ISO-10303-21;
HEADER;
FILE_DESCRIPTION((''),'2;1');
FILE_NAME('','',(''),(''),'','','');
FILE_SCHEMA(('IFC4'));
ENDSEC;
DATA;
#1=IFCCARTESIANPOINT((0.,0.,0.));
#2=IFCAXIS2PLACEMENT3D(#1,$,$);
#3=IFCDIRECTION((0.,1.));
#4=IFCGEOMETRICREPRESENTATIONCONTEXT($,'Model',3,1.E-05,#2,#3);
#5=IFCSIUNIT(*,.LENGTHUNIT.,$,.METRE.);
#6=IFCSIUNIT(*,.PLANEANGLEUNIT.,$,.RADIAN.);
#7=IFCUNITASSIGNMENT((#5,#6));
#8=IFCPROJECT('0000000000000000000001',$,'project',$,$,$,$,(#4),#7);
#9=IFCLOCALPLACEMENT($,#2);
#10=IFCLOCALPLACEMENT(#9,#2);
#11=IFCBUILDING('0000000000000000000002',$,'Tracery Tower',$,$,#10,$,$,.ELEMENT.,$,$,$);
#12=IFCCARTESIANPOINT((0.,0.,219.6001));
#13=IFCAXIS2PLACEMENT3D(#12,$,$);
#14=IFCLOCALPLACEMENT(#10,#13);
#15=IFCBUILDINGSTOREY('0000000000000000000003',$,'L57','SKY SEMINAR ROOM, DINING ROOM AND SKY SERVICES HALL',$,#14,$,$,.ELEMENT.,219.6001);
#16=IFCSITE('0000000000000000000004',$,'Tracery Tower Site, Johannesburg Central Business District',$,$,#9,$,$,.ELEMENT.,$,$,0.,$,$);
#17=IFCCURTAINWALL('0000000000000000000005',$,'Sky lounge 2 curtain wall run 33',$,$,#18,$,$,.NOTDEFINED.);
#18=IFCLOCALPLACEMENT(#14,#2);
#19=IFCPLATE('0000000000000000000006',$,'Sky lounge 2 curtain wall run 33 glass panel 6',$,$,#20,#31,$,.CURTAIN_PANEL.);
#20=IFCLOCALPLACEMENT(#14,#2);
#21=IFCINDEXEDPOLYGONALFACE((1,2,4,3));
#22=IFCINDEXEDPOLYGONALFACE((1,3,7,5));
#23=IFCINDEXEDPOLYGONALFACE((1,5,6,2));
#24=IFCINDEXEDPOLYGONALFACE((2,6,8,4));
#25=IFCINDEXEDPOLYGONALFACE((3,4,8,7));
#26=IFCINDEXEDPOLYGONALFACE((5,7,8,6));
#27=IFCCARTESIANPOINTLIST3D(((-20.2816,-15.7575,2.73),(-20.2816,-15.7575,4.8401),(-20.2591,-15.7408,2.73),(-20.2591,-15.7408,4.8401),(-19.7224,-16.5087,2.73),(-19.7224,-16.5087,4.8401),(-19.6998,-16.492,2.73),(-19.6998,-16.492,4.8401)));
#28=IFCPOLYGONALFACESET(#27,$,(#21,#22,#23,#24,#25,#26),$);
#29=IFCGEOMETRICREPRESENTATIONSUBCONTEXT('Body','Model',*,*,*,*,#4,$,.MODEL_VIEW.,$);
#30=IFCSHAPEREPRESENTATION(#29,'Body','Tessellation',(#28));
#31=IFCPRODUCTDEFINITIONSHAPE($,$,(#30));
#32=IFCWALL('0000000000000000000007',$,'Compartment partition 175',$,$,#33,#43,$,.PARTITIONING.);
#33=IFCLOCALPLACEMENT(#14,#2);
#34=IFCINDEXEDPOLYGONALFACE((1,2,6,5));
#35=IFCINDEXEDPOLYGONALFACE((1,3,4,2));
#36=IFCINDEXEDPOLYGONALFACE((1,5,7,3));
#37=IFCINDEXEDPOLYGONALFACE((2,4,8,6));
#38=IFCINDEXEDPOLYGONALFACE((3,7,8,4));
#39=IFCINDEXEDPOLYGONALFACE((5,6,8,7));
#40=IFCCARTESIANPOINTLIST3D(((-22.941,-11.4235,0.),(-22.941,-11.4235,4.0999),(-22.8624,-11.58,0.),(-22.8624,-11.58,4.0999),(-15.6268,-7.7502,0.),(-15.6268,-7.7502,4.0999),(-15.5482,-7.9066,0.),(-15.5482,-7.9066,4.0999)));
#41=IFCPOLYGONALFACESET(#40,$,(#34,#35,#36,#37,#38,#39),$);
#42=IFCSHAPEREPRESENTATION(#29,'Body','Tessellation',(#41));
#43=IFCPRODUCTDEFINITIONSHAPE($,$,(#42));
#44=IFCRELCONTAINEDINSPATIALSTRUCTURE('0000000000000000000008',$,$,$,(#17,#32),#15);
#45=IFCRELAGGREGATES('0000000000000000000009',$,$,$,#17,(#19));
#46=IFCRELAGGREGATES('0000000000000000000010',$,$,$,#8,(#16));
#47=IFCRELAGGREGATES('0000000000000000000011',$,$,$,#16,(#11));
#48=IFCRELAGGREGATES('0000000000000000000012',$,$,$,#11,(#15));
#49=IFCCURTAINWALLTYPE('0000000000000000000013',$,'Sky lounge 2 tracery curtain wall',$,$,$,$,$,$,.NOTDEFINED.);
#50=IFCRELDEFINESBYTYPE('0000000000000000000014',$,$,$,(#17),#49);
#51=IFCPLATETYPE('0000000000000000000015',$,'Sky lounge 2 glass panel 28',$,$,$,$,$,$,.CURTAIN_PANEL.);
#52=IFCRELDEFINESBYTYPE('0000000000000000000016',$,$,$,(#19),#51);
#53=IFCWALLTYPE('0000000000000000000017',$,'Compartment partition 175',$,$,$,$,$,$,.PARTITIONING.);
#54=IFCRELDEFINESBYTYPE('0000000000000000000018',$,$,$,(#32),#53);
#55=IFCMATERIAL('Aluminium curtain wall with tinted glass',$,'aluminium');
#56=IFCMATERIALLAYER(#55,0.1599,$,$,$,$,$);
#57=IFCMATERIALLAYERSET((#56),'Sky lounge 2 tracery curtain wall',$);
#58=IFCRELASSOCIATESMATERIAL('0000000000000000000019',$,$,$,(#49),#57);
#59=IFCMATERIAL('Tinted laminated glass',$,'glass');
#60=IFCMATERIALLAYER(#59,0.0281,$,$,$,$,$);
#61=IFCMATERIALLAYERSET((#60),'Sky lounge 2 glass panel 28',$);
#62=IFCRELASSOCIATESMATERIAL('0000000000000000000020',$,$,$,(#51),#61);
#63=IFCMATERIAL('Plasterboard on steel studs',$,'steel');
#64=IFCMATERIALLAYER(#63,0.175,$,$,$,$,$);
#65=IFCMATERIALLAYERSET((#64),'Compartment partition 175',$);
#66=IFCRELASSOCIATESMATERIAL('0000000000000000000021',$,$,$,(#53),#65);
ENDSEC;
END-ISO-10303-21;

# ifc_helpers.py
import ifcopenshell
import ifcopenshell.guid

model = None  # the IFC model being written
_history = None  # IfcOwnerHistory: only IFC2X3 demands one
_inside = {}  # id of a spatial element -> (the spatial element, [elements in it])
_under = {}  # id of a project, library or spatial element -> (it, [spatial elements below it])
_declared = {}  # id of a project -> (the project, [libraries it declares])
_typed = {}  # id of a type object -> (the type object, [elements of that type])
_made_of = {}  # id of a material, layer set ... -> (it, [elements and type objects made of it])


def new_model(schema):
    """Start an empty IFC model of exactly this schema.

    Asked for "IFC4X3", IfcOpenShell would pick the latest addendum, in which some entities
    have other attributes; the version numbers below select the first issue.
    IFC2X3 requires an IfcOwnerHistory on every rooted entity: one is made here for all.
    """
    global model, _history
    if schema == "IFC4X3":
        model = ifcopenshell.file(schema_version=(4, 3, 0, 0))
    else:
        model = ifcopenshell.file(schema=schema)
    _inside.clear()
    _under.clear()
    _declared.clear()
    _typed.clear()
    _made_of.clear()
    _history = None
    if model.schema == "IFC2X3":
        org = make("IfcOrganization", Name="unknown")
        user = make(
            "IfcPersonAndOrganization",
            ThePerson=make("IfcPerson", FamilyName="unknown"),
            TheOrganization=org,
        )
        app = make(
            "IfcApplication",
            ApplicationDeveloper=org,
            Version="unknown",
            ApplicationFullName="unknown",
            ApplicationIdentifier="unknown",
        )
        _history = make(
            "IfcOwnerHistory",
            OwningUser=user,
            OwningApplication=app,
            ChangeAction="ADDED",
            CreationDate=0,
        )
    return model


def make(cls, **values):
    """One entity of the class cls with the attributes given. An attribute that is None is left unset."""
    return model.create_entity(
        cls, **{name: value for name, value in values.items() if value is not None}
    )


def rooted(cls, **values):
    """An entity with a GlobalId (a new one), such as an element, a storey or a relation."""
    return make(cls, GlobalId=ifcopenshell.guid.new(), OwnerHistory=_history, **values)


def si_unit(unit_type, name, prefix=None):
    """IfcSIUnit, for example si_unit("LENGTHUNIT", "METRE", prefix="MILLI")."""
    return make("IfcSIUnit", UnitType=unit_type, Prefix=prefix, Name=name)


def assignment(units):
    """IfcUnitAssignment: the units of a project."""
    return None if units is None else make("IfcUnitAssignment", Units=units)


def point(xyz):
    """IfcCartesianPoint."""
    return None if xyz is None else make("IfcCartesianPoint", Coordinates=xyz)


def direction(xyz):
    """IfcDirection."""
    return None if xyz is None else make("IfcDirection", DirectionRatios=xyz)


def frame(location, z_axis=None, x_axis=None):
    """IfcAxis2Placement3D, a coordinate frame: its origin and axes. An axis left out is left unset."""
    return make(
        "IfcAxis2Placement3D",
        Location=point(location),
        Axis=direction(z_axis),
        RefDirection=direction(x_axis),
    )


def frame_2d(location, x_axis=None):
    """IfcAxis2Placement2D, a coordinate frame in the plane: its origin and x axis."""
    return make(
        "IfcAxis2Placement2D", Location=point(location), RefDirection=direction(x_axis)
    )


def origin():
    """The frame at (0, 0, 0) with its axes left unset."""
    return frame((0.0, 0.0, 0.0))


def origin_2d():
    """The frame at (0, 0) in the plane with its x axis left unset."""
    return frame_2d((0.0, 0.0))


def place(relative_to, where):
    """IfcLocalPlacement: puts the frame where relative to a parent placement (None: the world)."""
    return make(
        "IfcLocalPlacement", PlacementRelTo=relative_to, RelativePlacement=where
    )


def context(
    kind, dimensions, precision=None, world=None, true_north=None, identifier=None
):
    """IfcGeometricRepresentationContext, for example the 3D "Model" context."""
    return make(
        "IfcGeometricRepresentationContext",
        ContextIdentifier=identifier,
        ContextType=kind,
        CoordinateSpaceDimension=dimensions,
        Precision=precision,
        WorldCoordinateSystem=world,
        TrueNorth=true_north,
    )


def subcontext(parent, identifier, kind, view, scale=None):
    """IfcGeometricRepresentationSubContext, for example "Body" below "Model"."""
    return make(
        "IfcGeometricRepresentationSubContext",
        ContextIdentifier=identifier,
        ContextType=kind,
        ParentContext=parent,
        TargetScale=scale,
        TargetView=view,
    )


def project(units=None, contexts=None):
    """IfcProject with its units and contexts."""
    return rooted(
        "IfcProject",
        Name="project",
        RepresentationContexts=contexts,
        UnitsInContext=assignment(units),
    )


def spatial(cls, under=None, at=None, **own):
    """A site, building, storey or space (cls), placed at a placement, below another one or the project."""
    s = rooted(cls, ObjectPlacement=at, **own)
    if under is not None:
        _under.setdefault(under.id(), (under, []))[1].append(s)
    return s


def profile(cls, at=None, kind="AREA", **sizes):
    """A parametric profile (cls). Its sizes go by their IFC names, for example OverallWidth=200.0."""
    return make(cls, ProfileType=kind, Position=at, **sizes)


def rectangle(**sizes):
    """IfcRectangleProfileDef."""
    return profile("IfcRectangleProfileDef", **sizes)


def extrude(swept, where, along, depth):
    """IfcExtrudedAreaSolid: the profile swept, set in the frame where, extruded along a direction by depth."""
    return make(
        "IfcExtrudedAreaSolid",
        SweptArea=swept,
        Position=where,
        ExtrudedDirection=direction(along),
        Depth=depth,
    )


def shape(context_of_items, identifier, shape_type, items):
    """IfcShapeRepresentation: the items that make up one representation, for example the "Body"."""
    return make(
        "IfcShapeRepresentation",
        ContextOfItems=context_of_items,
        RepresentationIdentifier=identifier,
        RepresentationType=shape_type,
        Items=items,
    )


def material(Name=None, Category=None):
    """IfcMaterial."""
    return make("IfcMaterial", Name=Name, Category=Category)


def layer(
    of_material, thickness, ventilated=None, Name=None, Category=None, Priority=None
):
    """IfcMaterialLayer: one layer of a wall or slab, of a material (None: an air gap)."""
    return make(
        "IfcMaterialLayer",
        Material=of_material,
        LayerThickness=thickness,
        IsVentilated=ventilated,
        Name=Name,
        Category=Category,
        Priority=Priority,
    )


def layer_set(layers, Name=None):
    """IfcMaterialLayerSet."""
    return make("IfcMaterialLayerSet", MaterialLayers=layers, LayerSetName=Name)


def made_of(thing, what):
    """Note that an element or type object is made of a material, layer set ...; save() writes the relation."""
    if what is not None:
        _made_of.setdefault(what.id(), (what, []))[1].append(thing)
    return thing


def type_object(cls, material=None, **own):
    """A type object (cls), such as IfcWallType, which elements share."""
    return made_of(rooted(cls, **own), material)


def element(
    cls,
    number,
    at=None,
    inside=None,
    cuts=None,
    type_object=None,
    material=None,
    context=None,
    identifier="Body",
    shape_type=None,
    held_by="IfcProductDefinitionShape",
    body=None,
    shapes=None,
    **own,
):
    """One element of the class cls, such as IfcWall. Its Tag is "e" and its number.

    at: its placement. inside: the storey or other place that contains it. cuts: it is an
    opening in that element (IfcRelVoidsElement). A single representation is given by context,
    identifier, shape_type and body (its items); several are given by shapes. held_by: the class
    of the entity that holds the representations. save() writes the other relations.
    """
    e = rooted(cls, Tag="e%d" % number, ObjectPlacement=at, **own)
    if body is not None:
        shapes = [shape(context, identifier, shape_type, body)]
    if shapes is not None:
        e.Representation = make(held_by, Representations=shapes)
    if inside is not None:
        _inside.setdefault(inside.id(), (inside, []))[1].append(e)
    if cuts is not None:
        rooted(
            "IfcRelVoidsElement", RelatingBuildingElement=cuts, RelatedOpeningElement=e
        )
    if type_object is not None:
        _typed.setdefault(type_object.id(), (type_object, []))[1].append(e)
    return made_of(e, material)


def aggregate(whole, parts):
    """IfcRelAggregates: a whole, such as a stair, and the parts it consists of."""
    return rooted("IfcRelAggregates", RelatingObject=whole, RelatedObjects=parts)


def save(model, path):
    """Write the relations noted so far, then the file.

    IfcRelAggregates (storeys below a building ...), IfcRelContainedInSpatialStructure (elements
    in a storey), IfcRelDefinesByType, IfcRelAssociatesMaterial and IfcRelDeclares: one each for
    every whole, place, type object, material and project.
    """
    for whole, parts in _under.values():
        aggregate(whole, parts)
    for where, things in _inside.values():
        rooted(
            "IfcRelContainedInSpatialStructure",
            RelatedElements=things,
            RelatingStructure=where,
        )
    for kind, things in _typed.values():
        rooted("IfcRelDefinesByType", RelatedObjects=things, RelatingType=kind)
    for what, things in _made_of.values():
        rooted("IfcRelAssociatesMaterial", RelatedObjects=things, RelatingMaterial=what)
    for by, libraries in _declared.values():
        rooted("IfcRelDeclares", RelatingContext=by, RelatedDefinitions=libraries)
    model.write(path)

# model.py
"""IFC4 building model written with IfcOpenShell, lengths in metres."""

from ifc_helpers import new_model, si_unit, direction, frame, frame_2d, origin, origin_2d, place, context, subcontext, project, spatial, rectangle, extrude, material, layer, layer_set, type_object, element, aggregate, save


model = new_model("IFC4")

# Units and contexts
model_context = context("Model", 3, precision=1e-05, world=origin(), true_north=direction((0.0, 1.0)))
body_context = subcontext(model_context, "Body", "Model", "MODEL_VIEW")
ifc_project = project(units=[si_unit("LENGTHUNIT", "METRE"), si_unit("PLANEANGLEUNIT", "RADIAN")], contexts=[model_context])

# Site, building, storey
site_placement = place(None, origin())
site = spatial("IfcSite", under=ifc_project, at=site_placement, Name="Tracery Tower Site, Johannesburg Central Business District", CompositionType="ELEMENT", RefElevation=0.0)
building_placement = place(site_placement, origin())
building = spatial("IfcBuilding", under=site, at=building_placement, Name="Tracery Tower", CompositionType="ELEMENT")
storey_placement = place(building_placement, frame((0.0, 0.0, 219.6001)))
storey = spatial("IfcBuildingStorey", under=building, at=storey_placement, Name="L57", Description="SKY SEMINAR ROOM, DINING ROOM AND SKY SERVICES HALL", CompositionType="ELEMENT", Elevation=219.6001)

# Curtain wall
ifc_material_1 = material(Name="Aluminium curtain wall with tinted glass", Category="aluminium")
ifc_layer_1 = layer(ifc_material_1, 0.1599)
ifc_layer_set_1 = layer_set([ifc_layer_1], Name="Sky lounge 2 tracery curtain wall")
curtain_wall_type = type_object("IfcCurtainWallType", Name="Sky lounge 2 tracery curtain wall", PredefinedType="NOTDEFINED", material=ifc_layer_set_1)
curtain_wall_1_placement = place(storey_placement, origin())
curtain_wall_1 = element("IfcCurtainWall", 1, at=curtain_wall_1_placement, inside=storey, type_object=curtain_wall_type, Name="Sky lounge 2 curtain wall run 33", PredefinedType="NOTDEFINED")

# Shared definitions
ifc_material_2 = material(Name="Tinted laminated glass", Category="glass")
ifc_layer_2 = layer(ifc_material_2, 0.0281)
ifc_layer_set_2 = layer_set([ifc_layer_2], Name="Sky lounge 2 glass panel 28")
plate_type = type_object("IfcPlateType", Name="Sky lounge 2 glass panel 28", PredefinedType="CURTAIN_PANEL", material=ifc_layer_set_2)

# Plate
plate_1_placement = place(storey_placement, frame((-19.9907, -16.1248, 2.73), z_axis=(0.0, 0.0, 1.0), x_axis=(0.597159, -0.802123, 0.0)))
plate_1 = element("IfcPlate", 2, at=plate_1_placement, type_object=plate_type, Name="Sky lounge 2 curtain wall run 33 glass panel 6", PredefinedType="CURTAIN_PANEL", context=body_context, shape_type="SweptSolid", body=[
    extrude(rectangle(XDim=0.9365, YDim=0.0281, at=origin_2d()), origin(), (0.0, 0.0, 1.0), 2.1101),
])
aggregate(curtain_wall_1, [plate_1])

# Wall
ifc_material_3 = material(Name="Plasterboard on steel studs", Category="steel")
ifc_layer_3 = layer(ifc_material_3, 0.175)
ifc_layer_set_3 = layer_set([ifc_layer_3], Name="Compartment partition 175")
wall_type = type_object("IfcWallType", Name="Compartment partition 175", PredefinedType="PARTITIONING", material=ifc_layer_set_3)
wall_placement = place(storey_placement, frame((-22.9016, -11.5017, 0.0), z_axis=(0.0, 0.0, 1.0), x_axis=(0.893632, 0.4488, 0.0)))
element("IfcWall", 3, at=wall_placement, inside=storey, type_object=wall_type, Name="Compartment partition 175", PredefinedType="PARTITIONING", context=body_context, shape_type="SweptSolid", body=[
    extrude(rectangle(XDim=8.1848, YDim=0.175, at=frame_2d((4.0923, 0.0))), origin(), (0.0, 0.0, 1.0), 4.0999),
])

save(model, "model.ifc")
